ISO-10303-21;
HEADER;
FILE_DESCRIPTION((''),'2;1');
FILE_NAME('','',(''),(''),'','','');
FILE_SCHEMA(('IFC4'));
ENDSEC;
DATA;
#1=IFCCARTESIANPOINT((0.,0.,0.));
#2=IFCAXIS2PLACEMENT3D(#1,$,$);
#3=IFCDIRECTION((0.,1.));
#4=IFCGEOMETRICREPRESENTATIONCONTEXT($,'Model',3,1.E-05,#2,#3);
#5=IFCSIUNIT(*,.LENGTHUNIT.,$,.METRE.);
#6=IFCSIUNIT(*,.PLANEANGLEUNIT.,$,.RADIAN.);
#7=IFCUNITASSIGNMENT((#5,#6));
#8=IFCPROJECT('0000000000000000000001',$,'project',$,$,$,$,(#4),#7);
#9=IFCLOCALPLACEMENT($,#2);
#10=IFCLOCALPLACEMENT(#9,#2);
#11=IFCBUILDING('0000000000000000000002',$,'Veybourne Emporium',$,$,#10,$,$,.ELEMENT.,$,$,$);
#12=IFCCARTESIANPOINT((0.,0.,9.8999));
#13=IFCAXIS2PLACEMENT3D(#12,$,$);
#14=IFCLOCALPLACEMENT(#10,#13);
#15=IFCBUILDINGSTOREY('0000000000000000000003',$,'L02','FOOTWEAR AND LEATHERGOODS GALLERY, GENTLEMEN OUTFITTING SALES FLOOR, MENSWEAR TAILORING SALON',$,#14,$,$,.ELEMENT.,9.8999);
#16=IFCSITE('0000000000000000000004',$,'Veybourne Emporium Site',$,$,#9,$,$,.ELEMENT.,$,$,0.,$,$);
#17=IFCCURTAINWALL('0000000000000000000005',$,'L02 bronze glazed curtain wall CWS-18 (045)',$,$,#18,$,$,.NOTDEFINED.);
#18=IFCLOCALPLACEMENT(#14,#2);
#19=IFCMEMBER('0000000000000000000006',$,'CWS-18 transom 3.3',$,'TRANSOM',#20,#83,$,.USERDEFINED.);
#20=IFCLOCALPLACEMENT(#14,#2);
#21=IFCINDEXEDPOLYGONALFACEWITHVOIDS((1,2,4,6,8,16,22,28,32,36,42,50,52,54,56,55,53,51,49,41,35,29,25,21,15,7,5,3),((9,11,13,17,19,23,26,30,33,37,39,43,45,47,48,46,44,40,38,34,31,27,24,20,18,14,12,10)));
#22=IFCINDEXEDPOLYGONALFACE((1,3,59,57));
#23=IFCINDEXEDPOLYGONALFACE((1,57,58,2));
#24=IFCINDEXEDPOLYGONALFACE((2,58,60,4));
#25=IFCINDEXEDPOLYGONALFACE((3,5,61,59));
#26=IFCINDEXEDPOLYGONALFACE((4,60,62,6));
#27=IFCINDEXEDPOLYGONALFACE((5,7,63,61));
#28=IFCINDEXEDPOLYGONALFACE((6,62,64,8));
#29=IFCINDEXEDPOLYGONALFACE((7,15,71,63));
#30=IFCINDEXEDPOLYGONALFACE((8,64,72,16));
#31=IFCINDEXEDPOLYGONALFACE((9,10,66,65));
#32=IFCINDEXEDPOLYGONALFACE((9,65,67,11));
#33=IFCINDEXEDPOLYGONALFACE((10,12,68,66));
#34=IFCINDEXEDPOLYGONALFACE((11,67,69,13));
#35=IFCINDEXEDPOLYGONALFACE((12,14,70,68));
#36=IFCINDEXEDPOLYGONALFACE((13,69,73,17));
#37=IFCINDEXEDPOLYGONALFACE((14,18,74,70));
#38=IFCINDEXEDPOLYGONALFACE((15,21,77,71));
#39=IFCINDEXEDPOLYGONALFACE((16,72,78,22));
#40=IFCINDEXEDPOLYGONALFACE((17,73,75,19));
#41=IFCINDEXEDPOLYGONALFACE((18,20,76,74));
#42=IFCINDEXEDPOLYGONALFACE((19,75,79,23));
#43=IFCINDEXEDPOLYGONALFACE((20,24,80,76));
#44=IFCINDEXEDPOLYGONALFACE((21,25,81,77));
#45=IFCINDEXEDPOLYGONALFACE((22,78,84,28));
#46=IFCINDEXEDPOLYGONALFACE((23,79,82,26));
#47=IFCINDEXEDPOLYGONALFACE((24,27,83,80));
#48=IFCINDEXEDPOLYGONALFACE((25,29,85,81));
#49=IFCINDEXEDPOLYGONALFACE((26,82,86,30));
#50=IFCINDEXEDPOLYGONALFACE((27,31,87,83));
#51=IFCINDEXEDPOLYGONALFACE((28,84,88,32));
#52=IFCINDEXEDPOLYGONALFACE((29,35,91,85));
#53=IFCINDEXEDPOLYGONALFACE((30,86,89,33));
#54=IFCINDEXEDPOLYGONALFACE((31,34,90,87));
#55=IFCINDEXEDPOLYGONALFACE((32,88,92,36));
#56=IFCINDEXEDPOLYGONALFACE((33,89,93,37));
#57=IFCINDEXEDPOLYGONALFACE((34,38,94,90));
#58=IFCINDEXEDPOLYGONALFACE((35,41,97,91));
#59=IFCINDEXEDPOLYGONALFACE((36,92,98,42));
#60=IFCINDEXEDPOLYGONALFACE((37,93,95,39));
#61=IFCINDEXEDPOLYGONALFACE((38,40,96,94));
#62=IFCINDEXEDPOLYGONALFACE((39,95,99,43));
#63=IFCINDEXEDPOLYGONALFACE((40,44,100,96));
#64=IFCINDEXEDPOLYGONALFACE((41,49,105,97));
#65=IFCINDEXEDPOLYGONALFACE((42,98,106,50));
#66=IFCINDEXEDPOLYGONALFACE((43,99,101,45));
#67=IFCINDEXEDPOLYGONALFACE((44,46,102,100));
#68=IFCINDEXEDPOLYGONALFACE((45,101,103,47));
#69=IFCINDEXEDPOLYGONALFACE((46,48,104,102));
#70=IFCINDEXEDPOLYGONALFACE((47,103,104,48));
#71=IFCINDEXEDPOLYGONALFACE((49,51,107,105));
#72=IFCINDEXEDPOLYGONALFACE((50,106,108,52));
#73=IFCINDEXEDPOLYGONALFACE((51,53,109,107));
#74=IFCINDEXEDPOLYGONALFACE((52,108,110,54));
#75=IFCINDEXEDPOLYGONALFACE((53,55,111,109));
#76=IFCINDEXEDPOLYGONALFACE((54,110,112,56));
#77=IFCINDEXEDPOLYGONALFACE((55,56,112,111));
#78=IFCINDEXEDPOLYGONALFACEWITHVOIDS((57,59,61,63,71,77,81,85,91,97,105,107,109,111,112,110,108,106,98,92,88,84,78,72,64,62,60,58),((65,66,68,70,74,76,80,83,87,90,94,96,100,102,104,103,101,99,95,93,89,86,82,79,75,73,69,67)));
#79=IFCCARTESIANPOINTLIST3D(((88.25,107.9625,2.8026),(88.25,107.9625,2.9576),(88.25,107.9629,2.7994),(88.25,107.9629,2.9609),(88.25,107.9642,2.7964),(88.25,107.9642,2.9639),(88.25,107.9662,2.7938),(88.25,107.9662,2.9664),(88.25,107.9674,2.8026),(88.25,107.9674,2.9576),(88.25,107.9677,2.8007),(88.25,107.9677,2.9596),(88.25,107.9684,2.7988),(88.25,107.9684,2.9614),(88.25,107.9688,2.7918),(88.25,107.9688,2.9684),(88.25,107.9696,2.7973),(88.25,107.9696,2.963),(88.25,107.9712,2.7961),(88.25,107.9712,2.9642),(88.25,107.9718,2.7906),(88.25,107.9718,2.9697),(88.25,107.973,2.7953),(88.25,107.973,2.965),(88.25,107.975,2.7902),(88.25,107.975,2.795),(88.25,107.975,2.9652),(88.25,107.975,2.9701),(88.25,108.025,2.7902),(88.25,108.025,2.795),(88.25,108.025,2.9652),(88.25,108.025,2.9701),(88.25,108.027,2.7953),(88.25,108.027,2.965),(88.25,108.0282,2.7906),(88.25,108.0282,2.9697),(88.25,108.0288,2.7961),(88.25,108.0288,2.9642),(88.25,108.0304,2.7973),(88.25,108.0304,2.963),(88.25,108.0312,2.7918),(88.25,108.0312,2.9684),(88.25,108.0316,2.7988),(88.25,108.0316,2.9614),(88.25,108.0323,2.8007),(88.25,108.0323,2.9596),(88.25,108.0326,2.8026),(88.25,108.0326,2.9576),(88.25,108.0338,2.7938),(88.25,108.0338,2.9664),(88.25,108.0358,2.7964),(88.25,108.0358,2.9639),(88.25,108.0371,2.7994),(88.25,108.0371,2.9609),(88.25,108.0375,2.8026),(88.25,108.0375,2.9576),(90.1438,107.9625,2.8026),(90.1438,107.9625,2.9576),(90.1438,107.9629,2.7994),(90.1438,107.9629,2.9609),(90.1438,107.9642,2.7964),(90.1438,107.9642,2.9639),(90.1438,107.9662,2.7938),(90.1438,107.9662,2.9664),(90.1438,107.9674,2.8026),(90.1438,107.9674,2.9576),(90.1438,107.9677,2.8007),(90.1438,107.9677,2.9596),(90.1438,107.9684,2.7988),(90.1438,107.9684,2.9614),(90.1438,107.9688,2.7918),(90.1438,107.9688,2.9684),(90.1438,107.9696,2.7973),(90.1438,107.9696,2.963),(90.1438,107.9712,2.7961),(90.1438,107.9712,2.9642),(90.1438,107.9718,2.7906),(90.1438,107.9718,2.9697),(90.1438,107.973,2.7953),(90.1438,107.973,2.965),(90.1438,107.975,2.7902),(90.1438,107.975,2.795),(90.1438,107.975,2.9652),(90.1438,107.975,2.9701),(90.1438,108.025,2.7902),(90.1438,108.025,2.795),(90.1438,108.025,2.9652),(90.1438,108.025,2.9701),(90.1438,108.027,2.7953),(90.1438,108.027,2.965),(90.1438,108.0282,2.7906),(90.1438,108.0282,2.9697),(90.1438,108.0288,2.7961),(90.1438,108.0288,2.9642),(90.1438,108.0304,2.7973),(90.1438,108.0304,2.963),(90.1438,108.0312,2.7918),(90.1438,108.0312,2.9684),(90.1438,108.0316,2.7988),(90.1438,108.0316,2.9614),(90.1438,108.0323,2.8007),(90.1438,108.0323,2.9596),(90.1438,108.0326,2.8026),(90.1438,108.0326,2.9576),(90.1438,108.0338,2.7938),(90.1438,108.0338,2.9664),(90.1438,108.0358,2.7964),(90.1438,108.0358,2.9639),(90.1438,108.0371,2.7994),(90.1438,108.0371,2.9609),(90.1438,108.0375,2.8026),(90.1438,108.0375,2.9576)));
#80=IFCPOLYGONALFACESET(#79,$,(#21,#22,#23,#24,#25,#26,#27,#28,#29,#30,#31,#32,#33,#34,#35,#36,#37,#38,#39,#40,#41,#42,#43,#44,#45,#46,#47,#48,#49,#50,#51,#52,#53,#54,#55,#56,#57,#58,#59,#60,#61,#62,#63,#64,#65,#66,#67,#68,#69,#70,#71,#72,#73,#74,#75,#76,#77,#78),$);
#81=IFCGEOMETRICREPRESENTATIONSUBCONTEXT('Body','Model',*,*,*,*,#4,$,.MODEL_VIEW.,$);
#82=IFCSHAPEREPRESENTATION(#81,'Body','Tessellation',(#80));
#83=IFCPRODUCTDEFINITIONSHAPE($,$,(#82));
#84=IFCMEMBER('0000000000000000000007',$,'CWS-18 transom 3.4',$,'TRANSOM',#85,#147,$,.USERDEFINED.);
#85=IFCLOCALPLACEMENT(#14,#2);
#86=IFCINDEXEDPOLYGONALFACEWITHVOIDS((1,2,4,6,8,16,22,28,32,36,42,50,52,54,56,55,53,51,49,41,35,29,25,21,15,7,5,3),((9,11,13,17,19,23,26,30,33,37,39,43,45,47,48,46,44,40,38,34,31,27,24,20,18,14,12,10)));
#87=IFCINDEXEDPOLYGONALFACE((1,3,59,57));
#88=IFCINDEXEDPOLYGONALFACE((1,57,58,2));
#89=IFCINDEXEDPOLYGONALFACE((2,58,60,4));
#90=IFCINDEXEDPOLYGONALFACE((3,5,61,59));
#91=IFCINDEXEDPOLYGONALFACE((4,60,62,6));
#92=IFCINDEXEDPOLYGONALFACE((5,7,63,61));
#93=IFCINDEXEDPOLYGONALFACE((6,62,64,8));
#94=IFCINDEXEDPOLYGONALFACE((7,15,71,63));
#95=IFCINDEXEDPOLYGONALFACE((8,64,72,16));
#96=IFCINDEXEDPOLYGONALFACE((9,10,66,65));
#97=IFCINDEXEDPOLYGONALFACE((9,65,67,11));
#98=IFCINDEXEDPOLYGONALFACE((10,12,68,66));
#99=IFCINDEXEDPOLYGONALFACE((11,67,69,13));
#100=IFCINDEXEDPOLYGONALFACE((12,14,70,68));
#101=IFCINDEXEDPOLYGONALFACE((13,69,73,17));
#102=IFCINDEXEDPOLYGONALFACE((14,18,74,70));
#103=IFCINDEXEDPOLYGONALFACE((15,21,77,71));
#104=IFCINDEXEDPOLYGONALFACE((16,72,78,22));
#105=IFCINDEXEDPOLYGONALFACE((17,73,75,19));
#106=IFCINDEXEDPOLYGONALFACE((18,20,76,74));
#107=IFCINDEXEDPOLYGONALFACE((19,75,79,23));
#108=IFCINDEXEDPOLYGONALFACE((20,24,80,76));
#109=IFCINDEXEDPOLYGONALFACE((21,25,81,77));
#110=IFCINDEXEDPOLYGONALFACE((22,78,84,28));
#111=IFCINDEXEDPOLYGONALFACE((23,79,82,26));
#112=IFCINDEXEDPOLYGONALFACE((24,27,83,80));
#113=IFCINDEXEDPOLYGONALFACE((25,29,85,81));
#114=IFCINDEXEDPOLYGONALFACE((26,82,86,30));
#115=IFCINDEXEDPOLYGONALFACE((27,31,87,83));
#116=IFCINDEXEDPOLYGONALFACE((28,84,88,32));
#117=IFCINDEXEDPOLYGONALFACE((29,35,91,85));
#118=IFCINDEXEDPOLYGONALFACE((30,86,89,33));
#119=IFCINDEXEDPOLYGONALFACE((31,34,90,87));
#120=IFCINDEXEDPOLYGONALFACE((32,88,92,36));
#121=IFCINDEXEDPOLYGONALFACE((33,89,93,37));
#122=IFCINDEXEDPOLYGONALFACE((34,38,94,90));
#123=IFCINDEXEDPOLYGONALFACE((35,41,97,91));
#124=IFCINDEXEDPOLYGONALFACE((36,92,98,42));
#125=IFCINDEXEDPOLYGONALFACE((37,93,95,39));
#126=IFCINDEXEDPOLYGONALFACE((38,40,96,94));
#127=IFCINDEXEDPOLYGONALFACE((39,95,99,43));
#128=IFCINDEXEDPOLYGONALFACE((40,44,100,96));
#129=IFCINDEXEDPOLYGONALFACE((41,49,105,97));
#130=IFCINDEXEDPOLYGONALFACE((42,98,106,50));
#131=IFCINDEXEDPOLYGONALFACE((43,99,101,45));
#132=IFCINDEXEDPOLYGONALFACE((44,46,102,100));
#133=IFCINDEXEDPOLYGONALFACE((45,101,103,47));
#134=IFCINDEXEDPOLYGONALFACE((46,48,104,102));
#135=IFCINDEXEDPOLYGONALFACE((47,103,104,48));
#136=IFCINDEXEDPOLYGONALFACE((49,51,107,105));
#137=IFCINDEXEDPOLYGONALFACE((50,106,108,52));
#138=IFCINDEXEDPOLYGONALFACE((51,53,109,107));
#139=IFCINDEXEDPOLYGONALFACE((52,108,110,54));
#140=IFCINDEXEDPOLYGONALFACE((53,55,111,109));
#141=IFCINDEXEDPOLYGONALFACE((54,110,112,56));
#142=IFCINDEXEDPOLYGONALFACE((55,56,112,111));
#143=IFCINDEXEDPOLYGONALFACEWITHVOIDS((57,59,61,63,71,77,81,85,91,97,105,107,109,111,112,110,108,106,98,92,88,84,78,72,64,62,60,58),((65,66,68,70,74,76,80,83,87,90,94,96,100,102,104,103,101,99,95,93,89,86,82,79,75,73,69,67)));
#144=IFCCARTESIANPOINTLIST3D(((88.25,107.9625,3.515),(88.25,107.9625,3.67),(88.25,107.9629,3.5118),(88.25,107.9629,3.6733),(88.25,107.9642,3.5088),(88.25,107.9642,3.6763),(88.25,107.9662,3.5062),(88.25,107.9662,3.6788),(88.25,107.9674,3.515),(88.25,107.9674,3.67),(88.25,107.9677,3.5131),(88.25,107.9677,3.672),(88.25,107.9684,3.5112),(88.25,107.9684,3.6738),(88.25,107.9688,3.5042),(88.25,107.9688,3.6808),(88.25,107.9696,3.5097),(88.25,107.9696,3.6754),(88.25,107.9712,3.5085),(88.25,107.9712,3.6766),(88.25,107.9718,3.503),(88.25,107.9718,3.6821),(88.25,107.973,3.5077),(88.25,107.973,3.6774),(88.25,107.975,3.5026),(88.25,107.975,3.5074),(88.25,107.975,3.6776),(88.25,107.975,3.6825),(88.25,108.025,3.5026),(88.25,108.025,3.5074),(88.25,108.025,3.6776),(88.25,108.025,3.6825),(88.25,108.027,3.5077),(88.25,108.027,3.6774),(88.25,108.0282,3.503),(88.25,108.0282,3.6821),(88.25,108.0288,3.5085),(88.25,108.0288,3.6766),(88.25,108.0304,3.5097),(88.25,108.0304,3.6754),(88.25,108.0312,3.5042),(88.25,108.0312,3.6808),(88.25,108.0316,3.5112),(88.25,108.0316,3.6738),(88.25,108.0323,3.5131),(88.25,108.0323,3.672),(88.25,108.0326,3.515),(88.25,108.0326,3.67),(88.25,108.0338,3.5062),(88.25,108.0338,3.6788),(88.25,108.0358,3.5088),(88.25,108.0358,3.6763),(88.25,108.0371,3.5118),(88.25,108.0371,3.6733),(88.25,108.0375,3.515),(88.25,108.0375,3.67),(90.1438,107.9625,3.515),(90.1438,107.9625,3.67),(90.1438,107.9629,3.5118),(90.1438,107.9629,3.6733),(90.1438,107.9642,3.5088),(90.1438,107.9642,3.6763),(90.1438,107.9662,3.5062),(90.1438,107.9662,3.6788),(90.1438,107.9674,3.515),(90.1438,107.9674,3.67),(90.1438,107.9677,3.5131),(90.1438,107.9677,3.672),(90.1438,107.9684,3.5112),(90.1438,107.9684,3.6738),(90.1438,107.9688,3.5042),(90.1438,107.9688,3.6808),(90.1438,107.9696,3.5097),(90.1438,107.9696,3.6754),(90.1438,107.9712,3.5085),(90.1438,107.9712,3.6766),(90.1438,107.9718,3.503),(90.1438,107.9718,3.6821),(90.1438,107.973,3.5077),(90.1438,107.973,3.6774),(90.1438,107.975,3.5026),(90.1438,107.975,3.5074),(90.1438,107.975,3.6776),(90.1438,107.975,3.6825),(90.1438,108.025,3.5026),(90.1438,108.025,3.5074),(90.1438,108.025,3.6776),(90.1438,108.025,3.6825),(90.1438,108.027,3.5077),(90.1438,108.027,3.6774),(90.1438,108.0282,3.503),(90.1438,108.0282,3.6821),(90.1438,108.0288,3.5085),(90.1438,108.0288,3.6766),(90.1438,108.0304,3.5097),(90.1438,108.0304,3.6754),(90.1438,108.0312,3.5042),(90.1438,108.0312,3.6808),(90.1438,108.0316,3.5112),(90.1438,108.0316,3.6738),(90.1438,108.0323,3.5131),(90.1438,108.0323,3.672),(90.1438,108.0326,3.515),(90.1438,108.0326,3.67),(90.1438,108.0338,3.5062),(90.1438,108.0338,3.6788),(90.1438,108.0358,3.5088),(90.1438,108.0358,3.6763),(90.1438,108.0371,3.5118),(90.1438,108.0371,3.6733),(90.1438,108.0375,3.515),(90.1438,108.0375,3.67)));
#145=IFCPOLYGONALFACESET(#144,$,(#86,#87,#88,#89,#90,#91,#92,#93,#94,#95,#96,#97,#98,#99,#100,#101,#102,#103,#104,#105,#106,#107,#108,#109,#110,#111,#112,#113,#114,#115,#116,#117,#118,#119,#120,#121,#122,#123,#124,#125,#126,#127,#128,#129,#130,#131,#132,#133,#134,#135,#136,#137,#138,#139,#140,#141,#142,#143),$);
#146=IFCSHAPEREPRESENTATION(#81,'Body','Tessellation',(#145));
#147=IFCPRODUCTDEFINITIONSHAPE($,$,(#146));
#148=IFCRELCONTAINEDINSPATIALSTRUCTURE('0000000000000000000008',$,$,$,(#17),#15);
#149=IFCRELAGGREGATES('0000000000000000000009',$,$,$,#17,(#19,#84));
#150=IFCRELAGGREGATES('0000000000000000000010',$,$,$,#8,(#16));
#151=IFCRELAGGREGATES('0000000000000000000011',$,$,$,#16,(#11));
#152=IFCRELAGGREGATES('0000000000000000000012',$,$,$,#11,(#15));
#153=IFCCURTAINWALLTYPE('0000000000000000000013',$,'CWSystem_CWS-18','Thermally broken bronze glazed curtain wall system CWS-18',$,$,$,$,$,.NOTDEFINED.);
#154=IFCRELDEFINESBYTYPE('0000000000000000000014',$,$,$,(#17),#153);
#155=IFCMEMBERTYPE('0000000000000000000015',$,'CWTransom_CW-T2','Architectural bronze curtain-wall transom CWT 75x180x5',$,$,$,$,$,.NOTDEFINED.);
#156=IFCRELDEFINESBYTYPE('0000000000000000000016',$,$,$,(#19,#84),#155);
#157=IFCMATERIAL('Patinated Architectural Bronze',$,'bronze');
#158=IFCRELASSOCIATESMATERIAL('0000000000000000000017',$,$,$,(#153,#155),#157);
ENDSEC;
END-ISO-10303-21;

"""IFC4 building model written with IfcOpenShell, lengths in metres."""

from ifc_helpers import new_model, si_unit, direction, frame, origin, origin_2d, place, context, subcontext, project, spatial, hollow_rectangle, extrude, material, material_profile, profile_set, type_object, element, aggregate, save


model = new_model("IFC4")

# Units and contexts
model_context = context("Model", 3, precision=1e-05, world=origin(), true_north=direction((0.0, 1.0)))
body_context = subcontext(model_context, "Body", "Model", "MODEL_VIEW")
ifc_project = project(units=[si_unit("LENGTHUNIT", "METRE"), si_unit("PLANEANGLEUNIT", "RADIAN")], contexts=[model_context])

# Site, building, storey
site_placement = place(None, origin())
site = spatial("IfcSite", under=ifc_project, at=site_placement, Name="Veybourne Emporium Site", CompositionType="ELEMENT", RefElevation=0.0)
building_placement = place(site_placement, origin())
building = spatial("IfcBuilding", under=site, at=building_placement, Name="Veybourne Emporium", CompositionType="ELEMENT")
storey_placement = place(building_placement, frame((0.0, 0.0, 9.8999)))
storey = spatial("IfcBuildingStorey", under=building, at=storey_placement, Name="L02", Description="FOOTWEAR AND LEATHERGOODS GALLERY, GENTLEMEN OUTFITTING SALES FLOOR, MENSWEAR TAILORING SALON", CompositionType="ELEMENT", Elevation=9.8999)

# Curtain wall, members
ifc_material_1 = material(Name="Patinated Architectural Bronze", Category="bronze")
curtain_wall_type = type_object("IfcCurtainWallType", Name="CWSystem_CWS-18", Description="Thermally broken bronze glazed curtain wall system CWS-18", PredefinedType="NOTDEFINED", material=ifc_material_1)
curtain_wall_placement = place(storey_placement, origin())
curtain_wall = element("IfcCurtainWall", 1, at=curtain_wall_placement, inside=storey, type_object=curtain_wall_type, Name="L02 bronze glazed curtain wall CWS-18 (045)", PredefinedType="NOTDEFINED")
ifc_material_profile_1 = material_profile(ifc_material_1, hollow_rectangle(XDim=0.075, YDim=0.1799, WallThickness=0.0049, InnerFilletRadius=0.0076, OuterFilletRadius=0.0125, at=origin_2d()), Name="CWT 75x180x5")
ifc_profile_set_1 = profile_set([ifc_material_profile_1], Name="Patinated Architectural Bronze")
member_type_1 = type_object("IfcMemberType", Name="CWTransom_CW-T2", Description="Architectural bronze curtain-wall transom CWT 75x180x5", PredefinedType="NOTDEFINED", material=ifc_profile_set_1)
member_1_placement = place(storey_placement, frame((88.25, 108.0, 2.8801), z_axis=(1.0, 0.0, 0.0), x_axis=(0.0, 1.0, 0.0)))
member_1 = element("IfcMember", 2, at=member_1_placement, type_object=member_type_1, Name="CWS-18 transom 3.3", ObjectType="TRANSOM", PredefinedType="USERDEFINED", context=body_context, shape_type="SweptSolid", body=[
    extrude(hollow_rectangle(XDim=0.075, YDim=0.1799, WallThickness=0.0049, InnerFilletRadius=0.0076, OuterFilletRadius=0.0125, at=origin_2d()), origin(), (0.0, 0.0, 1.0), 1.8938),
])
member_2_placement = place(storey_placement, frame((88.25, 108.0, 3.5925), z_axis=(1.0, 0.0, 0.0), x_axis=(0.0, 1.0, 0.0)))
member_2 = element("IfcMember", 3, at=member_2_placement, type_object=member_type_1, Name="CWS-18 transom 3.4", ObjectType="TRANSOM", PredefinedType="USERDEFINED", context=body_context, shape_type="SweptSolid", body=[
    extrude(hollow_rectangle(XDim=0.075, YDim=0.1799, WallThickness=0.0049, InnerFilletRadius=0.0076, OuterFilletRadius=0.0125, at=origin_2d()), origin(), (0.0, 0.0, 1.0), 1.8938),
])

aggregate(curtain_wall, [member_1, member_2])

save(model, "model.ifc")
